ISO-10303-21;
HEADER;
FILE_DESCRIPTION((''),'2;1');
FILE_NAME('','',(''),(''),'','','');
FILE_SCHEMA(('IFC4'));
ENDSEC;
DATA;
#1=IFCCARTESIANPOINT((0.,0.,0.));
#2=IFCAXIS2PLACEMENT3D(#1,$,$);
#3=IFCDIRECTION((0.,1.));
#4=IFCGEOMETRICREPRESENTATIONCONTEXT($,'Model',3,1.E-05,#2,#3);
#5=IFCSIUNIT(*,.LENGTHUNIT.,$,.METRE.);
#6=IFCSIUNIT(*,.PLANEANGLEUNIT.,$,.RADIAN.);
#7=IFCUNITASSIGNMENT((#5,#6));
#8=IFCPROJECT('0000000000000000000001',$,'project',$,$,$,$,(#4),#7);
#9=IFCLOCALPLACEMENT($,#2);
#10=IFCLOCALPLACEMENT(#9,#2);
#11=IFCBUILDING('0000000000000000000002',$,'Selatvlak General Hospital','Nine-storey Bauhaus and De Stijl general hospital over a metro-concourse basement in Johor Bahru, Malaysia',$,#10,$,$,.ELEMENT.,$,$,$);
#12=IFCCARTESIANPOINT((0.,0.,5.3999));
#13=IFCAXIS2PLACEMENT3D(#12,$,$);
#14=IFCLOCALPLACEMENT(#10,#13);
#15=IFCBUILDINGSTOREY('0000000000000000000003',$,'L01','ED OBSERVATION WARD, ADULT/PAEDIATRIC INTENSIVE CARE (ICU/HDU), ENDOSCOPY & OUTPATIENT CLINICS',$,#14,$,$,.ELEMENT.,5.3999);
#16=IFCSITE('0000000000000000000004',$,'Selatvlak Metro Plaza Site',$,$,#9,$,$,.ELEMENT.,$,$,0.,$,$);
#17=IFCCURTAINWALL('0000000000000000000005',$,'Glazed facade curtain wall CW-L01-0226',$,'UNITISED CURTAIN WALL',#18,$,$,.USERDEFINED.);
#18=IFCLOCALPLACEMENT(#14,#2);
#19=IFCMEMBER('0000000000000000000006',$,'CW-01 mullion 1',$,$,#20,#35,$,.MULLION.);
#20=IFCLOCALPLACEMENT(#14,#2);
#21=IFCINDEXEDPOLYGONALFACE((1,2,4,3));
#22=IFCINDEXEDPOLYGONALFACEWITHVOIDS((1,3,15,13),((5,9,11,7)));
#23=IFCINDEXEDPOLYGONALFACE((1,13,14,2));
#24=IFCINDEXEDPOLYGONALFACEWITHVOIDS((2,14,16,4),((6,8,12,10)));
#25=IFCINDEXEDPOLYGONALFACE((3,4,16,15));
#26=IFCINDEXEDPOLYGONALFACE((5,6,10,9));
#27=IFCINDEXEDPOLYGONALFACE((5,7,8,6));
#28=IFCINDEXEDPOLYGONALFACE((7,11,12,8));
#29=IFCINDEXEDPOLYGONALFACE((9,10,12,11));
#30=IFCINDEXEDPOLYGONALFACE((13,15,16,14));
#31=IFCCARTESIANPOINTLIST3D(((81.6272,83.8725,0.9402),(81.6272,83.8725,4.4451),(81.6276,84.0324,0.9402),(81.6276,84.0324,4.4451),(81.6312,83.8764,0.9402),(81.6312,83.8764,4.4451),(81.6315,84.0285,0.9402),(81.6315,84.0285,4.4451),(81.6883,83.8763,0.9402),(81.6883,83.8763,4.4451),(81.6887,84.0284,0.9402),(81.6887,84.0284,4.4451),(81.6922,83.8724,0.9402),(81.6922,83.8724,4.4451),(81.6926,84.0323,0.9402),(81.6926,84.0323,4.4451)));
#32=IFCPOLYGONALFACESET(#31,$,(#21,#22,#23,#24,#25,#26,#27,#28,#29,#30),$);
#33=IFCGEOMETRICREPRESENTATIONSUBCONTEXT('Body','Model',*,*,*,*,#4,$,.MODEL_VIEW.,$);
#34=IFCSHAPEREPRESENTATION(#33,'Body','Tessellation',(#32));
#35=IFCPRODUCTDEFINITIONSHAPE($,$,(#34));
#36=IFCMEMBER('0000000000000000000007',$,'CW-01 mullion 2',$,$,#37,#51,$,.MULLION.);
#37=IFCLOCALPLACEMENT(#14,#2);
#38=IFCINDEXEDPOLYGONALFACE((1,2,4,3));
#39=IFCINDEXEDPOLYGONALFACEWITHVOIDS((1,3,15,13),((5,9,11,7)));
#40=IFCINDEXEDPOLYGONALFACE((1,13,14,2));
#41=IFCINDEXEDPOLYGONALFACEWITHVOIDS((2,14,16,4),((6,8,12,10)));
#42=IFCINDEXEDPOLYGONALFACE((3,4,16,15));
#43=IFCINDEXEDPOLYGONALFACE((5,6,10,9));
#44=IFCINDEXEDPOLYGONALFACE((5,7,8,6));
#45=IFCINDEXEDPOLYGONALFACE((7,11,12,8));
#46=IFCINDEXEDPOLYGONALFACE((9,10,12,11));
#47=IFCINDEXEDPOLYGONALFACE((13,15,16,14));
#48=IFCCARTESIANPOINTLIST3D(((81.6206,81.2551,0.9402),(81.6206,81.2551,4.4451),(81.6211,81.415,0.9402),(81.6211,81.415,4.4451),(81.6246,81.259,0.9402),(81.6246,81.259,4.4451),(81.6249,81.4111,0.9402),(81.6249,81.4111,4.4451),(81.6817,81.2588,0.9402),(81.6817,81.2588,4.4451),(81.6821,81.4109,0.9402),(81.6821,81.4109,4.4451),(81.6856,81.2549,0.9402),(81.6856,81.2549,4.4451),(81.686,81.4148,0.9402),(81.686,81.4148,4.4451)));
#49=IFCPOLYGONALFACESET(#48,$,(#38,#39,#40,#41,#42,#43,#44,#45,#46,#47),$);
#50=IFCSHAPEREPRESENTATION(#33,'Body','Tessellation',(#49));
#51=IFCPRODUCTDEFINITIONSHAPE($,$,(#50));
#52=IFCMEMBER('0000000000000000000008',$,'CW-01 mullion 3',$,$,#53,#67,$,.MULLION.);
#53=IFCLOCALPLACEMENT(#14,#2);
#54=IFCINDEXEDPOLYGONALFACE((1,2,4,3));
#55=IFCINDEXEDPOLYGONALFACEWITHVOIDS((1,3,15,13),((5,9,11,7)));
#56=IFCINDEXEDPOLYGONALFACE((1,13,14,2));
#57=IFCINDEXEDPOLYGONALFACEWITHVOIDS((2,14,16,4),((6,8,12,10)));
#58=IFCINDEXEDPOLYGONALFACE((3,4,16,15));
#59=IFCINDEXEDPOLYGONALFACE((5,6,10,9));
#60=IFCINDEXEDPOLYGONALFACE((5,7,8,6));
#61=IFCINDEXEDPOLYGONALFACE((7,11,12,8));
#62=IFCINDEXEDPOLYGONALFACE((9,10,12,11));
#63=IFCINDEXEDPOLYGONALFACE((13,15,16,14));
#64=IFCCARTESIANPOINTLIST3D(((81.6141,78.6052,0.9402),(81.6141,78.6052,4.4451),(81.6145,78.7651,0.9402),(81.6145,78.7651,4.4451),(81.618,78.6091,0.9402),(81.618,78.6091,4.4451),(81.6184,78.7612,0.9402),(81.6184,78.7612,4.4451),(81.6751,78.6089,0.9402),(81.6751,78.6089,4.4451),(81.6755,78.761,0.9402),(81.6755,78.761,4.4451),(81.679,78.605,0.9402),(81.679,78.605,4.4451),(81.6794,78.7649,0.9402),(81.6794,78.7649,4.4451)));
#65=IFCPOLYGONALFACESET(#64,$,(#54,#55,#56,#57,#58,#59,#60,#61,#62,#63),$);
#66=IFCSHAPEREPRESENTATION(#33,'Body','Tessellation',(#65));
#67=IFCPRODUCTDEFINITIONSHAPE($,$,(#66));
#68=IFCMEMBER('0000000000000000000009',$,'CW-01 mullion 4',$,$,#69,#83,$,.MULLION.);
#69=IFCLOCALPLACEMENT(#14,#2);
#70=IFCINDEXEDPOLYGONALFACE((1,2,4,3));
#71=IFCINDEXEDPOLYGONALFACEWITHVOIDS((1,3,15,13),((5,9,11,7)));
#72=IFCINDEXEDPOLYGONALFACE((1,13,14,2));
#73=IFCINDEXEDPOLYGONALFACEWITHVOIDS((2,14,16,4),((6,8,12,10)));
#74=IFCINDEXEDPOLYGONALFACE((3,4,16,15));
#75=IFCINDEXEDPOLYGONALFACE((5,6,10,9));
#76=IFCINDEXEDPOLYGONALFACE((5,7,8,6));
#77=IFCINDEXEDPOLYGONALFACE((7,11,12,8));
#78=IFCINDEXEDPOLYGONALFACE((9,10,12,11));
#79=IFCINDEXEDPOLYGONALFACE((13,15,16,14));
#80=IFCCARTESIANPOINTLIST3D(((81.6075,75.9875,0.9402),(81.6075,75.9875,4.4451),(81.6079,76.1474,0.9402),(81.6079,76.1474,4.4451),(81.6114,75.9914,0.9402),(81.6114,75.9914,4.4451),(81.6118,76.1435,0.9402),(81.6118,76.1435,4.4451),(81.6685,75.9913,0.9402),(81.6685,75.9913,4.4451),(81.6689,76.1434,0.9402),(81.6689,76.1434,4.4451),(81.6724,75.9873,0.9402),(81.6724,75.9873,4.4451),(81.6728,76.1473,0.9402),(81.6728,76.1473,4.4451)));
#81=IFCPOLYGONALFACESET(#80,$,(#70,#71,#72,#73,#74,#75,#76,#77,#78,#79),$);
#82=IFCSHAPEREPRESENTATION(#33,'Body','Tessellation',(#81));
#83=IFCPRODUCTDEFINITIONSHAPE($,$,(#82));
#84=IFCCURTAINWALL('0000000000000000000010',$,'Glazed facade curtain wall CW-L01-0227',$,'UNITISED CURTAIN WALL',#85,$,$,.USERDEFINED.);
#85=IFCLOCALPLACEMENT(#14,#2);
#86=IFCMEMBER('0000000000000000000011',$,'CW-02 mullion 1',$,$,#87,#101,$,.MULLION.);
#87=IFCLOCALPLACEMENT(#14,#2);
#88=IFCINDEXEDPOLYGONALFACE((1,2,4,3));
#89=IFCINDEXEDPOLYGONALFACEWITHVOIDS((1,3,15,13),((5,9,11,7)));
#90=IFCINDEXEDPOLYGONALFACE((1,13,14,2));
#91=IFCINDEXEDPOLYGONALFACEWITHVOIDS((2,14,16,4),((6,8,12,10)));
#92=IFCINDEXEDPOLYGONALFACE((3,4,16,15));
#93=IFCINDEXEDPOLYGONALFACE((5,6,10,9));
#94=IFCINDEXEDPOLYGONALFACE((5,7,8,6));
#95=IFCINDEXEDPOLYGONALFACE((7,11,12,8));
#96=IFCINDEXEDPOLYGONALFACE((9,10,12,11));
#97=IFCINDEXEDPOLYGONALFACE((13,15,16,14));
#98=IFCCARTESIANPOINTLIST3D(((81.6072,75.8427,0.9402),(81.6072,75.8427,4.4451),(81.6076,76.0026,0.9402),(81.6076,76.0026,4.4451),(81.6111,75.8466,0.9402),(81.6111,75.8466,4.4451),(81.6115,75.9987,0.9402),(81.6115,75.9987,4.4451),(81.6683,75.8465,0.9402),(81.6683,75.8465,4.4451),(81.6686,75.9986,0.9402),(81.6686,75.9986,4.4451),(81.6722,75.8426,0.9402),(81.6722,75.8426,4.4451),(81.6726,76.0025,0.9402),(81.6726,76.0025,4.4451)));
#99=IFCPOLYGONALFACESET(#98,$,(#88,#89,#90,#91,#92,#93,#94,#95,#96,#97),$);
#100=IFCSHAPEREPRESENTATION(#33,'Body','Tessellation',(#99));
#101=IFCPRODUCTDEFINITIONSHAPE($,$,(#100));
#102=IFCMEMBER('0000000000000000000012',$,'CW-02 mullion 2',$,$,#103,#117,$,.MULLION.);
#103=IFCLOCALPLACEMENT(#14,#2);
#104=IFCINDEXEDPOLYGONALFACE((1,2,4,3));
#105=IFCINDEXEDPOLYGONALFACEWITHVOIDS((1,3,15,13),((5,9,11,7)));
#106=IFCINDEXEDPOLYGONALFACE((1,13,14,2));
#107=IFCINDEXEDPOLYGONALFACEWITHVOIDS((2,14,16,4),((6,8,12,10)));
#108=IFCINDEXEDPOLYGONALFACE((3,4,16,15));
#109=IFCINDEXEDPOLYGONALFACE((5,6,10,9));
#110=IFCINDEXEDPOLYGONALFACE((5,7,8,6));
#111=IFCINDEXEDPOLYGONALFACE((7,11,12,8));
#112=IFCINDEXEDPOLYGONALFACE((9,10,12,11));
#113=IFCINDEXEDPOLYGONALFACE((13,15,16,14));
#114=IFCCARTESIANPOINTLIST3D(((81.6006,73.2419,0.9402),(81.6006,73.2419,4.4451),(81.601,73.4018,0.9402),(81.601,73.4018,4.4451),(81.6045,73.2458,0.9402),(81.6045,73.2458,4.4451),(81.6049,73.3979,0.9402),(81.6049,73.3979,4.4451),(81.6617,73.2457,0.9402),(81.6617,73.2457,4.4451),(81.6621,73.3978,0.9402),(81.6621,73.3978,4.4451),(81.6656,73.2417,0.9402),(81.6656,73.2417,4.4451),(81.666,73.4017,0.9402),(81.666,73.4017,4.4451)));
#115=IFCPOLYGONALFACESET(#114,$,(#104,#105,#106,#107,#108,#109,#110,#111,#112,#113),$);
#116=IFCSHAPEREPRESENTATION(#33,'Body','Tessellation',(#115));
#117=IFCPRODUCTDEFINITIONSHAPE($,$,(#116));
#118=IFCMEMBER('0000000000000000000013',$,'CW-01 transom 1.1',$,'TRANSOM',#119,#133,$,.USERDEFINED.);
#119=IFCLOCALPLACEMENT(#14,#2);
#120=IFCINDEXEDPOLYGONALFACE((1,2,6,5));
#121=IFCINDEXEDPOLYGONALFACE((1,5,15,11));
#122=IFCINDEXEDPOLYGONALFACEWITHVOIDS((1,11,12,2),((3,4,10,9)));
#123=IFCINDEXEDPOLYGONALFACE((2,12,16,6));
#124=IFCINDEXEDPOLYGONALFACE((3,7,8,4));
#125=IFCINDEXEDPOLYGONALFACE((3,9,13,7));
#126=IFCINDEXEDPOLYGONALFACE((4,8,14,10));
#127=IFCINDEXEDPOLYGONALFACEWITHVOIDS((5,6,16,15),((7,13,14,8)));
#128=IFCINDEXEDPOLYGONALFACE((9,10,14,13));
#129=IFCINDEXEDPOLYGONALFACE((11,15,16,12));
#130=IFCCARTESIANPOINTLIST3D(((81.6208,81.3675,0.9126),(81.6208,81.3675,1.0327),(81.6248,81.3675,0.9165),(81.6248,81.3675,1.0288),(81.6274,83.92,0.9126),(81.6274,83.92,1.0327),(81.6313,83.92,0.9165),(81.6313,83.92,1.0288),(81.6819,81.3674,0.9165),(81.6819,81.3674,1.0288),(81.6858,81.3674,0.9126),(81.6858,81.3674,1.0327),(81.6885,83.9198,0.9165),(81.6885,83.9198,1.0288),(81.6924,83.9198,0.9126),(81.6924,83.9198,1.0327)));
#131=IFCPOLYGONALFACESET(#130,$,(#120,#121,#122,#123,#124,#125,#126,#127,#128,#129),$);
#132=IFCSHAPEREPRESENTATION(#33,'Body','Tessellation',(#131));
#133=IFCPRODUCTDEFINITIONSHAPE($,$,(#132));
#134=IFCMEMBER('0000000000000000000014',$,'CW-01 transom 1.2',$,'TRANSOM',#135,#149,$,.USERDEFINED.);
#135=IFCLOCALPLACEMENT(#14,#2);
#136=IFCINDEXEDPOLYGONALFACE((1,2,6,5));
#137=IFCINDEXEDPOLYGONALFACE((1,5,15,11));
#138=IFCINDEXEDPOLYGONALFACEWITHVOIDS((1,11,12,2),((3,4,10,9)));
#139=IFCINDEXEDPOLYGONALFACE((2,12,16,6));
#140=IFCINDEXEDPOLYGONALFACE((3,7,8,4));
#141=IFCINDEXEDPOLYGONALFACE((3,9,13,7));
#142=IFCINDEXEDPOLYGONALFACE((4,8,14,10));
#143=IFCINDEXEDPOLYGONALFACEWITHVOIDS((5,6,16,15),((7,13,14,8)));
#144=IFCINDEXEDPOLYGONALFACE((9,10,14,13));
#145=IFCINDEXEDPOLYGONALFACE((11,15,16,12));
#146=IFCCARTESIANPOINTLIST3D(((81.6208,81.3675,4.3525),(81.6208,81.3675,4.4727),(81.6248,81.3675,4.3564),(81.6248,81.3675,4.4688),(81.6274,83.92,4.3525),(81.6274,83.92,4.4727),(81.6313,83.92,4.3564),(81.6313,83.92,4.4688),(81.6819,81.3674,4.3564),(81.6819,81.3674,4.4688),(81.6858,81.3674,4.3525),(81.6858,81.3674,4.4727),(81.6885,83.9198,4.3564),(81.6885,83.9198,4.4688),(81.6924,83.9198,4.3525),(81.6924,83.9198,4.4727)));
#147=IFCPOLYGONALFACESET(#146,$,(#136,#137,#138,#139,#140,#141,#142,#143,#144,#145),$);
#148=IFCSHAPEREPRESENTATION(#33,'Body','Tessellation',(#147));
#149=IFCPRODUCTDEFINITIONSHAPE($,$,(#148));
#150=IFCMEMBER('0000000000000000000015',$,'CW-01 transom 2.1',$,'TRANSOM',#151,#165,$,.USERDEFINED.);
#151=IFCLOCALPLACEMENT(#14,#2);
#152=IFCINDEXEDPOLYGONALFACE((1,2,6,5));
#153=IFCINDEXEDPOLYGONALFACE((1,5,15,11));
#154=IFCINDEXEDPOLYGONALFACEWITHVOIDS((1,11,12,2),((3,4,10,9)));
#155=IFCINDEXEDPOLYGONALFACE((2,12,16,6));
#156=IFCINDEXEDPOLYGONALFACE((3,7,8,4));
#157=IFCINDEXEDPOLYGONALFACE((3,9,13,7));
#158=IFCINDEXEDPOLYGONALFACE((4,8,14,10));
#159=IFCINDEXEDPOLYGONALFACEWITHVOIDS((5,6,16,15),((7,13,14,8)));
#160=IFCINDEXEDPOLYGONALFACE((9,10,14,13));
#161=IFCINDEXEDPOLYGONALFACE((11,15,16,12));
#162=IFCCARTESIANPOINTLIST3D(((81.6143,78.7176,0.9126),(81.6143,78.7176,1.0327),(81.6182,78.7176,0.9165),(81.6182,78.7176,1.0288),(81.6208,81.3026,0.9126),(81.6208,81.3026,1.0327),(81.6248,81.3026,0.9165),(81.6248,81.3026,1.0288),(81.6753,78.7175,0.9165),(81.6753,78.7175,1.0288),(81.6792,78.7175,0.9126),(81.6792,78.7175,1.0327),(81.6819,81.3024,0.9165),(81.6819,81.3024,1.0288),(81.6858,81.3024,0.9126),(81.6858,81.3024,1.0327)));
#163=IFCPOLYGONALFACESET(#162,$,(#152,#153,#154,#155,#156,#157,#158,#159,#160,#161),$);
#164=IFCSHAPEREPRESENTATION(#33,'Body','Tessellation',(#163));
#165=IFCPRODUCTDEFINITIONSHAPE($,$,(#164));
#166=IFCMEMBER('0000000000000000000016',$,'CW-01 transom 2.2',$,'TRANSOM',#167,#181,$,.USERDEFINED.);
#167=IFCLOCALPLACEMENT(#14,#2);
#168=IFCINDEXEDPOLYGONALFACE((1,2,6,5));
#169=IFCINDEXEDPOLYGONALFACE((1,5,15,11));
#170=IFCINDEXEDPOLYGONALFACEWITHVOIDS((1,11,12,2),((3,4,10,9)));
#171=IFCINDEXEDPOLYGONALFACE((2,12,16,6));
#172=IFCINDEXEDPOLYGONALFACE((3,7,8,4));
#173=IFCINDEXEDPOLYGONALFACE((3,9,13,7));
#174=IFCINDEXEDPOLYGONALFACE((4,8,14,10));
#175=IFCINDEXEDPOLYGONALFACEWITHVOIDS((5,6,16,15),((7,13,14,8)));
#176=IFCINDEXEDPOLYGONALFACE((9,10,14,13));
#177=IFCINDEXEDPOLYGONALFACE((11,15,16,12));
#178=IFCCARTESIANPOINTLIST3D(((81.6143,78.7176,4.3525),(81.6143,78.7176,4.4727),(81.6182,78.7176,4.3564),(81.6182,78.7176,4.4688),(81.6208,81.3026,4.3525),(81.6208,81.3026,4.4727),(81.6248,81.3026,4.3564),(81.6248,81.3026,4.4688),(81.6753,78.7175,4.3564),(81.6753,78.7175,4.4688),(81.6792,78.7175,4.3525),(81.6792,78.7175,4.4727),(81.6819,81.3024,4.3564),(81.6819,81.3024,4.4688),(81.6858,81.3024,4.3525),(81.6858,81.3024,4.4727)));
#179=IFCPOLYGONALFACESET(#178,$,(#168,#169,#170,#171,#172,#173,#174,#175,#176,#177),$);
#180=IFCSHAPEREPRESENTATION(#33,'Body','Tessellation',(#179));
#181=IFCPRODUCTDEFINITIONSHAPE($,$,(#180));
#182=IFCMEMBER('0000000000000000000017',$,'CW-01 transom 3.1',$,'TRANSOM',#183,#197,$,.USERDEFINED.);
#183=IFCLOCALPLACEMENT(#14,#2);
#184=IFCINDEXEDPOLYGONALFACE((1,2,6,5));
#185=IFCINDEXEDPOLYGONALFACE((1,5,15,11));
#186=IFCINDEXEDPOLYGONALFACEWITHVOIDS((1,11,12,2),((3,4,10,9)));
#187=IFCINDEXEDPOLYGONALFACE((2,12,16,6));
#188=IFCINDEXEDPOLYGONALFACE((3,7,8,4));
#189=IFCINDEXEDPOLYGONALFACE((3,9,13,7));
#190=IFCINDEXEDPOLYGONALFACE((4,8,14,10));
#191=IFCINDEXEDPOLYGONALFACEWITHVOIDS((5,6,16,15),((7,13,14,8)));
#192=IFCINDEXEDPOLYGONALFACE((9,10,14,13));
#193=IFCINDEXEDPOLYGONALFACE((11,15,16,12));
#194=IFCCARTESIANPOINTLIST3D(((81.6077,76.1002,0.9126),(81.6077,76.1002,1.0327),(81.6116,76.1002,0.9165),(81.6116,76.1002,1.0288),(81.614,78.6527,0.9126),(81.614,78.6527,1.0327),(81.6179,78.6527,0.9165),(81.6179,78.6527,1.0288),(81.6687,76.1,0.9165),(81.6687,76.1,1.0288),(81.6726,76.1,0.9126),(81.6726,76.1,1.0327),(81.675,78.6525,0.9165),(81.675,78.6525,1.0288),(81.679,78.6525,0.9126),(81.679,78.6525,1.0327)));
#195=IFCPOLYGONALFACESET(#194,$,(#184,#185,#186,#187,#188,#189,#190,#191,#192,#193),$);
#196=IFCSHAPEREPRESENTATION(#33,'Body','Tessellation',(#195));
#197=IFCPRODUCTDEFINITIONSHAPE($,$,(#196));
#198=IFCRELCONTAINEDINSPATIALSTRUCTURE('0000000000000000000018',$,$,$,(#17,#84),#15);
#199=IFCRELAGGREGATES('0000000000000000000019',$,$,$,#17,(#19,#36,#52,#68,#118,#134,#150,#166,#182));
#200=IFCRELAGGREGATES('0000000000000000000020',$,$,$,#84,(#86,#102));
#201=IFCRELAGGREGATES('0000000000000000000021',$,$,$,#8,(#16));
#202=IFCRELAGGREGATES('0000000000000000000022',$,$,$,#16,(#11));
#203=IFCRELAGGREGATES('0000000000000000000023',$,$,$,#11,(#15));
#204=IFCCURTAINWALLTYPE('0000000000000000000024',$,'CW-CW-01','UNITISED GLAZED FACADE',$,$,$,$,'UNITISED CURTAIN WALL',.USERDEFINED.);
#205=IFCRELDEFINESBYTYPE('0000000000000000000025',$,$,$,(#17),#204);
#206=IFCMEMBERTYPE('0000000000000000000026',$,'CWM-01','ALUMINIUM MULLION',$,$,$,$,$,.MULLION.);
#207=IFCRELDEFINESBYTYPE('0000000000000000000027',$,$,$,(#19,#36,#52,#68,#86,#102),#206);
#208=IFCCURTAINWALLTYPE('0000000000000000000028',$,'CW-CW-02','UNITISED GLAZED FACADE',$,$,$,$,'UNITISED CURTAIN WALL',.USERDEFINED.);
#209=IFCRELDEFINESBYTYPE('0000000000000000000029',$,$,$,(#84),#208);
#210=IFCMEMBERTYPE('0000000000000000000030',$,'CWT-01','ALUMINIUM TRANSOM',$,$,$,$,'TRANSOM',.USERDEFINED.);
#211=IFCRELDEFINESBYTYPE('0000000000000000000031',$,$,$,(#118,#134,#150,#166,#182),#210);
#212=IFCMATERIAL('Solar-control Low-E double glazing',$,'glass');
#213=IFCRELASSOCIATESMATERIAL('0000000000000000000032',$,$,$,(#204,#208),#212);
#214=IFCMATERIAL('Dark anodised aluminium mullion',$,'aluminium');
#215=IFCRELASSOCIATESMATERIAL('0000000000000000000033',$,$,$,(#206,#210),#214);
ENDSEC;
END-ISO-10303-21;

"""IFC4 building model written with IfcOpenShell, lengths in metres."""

from ifc_helpers import new_model, si_unit, direction, frame, origin, origin_2d, place, context, subcontext, project, spatial, hollow_rectangle, extrude, material, material_profile, profile_set, type_object, element, aggregate, save


model = new_model("IFC4")

# Units and contexts
model_context = context("Model", 3, precision=1e-05, world=origin(), true_north=direction((0.0, 1.0)))
body_context = subcontext(model_context, "Body", "Model", "MODEL_VIEW")
ifc_project = project(units=[si_unit("LENGTHUNIT", "METRE"), si_unit("PLANEANGLEUNIT", "RADIAN")], contexts=[model_context])

# Site, building, storey
site_placement = place(None, origin())
site = spatial("IfcSite", under=ifc_project, at=site_placement, Name="Selatvlak Metro Plaza Site", CompositionType="ELEMENT", RefElevation=0.0)
building_placement = place(site_placement, origin())
building = spatial("IfcBuilding", under=site, at=building_placement, Name="Selatvlak General Hospital", Description="Nine-storey Bauhaus and De Stijl general hospital over a metro-concourse basement in Johor Bahru, Malaysia", CompositionType="ELEMENT")
storey_placement = place(building_placement, frame((0.0, 0.0, 5.3999)))
storey = spatial("IfcBuildingStorey", under=building, at=storey_placement, Name="L01", Description="ED OBSERVATION WARD, ADULT/PAEDIATRIC INTENSIVE CARE (ICU/HDU), ENDOSCOPY & OUTPATIENT CLINICS", CompositionType="ELEMENT", Elevation=5.3999)

# Curtain walls, members
ifc_material_1 = material(Name="Solar-control Low-E double glazing", Category="glass")
curtain_wall_type_1 = type_object("IfcCurtainWallType", Name="CW-CW-01", Description="UNITISED GLAZED FACADE", ElementType="UNITISED CURTAIN WALL", PredefinedType="USERDEFINED", material=ifc_material_1)
curtain_wall_1_placement = place(storey_placement, origin())
curtain_wall_1 = element("IfcCurtainWall", 1, at=curtain_wall_1_placement, inside=storey, type_object=curtain_wall_type_1, Name="Glazed facade curtain wall CW-L01-0226", ObjectType="UNITISED CURTAIN WALL", PredefinedType="USERDEFINED")
ifc_material_2 = material(Name="Dark anodised aluminium mullion", Category="aluminium")
ifc_material_profile_1 = material_profile(ifc_material_2, hollow_rectangle(XDim=0.0649, YDim=0.1599, WallThickness=0.0039, at=origin_2d()), Name="AL-MUL 65x160x4")
ifc_profile_set_1 = profile_set([ifc_material_profile_1], Name="Dark anodised aluminium mullion")
member_type_1 = type_object("IfcMemberType", Name="CWM-01", Description="ALUMINIUM MULLION", PredefinedType="MULLION", material=ifc_profile_set_1)
member_1_placement = place(storey_placement, frame((81.6599, 83.9524, 0.9402), z_axis=(0.0, 0.0, 1.0), x_axis=(0.999997, -0.002516, 0.0)))
member_1 = element("IfcMember", 2, at=member_1_placement, type_object=member_type_1, Name="CW-01 mullion 1", PredefinedType="MULLION", context=body_context, shape_type="SweptSolid", body=[
    extrude(hollow_rectangle(XDim=0.0649, YDim=0.1599, WallThickness=0.0039, at=origin_2d()), origin(), (0.0, 0.0, 1.0), 3.5049),
])
member_2_placement = place(storey_placement, frame((81.6533, 81.335, 0.9402), z_axis=(0.0, 0.0, 1.0), x_axis=(0.999997, -0.002516, 0.0)))
member_2 = element("IfcMember", 3, at=member_2_placement, type_object=member_type_1, Name="CW-01 mullion 2", PredefinedType="MULLION", context=body_context, shape_type="SweptSolid", body=[
    extrude(hollow_rectangle(XDim=0.0649, YDim=0.1599, WallThickness=0.0039, at=origin_2d()), origin(), (0.0, 0.0, 1.0), 3.5049),
])
member_3_placement = place(storey_placement, frame((81.6467, 78.6851, 0.9402), z_axis=(0.0, 0.0, 1.0), x_axis=(0.999997, -0.002516, 0.0)))
member_3 = element("IfcMember", 4, at=member_3_placement, type_object=member_type_1, Name="CW-01 mullion 3", PredefinedType="MULLION", context=body_context, shape_type="SweptSolid", body=[
    extrude(hollow_rectangle(XDim=0.0649, YDim=0.1599, WallThickness=0.0039, at=origin_2d()), origin(), (0.0, 0.0, 1.0), 3.5049),
])
member_4_placement = place(storey_placement, frame((81.6401, 76.0674, 0.9402), z_axis=(0.0, 0.0, 1.0), x_axis=(0.999997, -0.002516, 0.0)))
member_4 = element("IfcMember", 5, at=member_4_placement, type_object=member_type_1, Name="CW-01 mullion 4", PredefinedType="MULLION", context=body_context, shape_type="SweptSolid", body=[
    extrude(hollow_rectangle(XDim=0.0649, YDim=0.1599, WallThickness=0.0039, at=origin_2d()), origin(), (0.0, 0.0, 1.0), 3.5049),
])
curtain_wall_type_2 = type_object("IfcCurtainWallType", Name="CW-CW-02", Description="UNITISED GLAZED FACADE", ElementType="UNITISED CURTAIN WALL", PredefinedType="USERDEFINED", material=ifc_material_1)
curtain_wall_2_placement = place(storey_placement, origin())
curtain_wall_2 = element("IfcCurtainWall", 6, at=curtain_wall_2_placement, inside=storey, type_object=curtain_wall_type_2, Name="Glazed facade curtain wall CW-L01-0227", ObjectType="UNITISED CURTAIN WALL", PredefinedType="USERDEFINED")
member_5_placement = place(storey_placement, frame((81.6399, 75.9226, 0.9402), z_axis=(0.0, 0.0, 1.0), x_axis=(0.999997, -0.002532, 0.0)))
member_5 = element("IfcMember", 7, at=member_5_placement, type_object=member_type_1, Name="CW-02 mullion 1", PredefinedType="MULLION", context=body_context, shape_type="SweptSolid", body=[
    extrude(hollow_rectangle(XDim=0.0649, YDim=0.1599, WallThickness=0.0039, at=origin_2d()), origin(), (0.0, 0.0, 1.0), 3.5049),
])
member_6_placement = place(storey_placement, frame((81.6333, 73.3218, 0.9402), z_axis=(0.0, 0.0, 1.0), x_axis=(0.999997, -0.002532, 0.0)))
member_6 = element("IfcMember", 8, at=member_6_placement, type_object=member_type_1, Name="CW-02 mullion 2", PredefinedType="MULLION", context=body_context, shape_type="SweptSolid", body=[
    extrude(hollow_rectangle(XDim=0.0649, YDim=0.1599, WallThickness=0.0039, at=origin_2d()), origin(), (0.0, 0.0, 1.0), 3.5049),
])

# Members
ifc_material_profile_2 = material_profile(ifc_material_2, hollow_rectangle(XDim=0.0649, YDim=0.1201, WallThickness=0.0039, at=origin_2d()), Name="AL-TRN 65x120x4")
ifc_profile_set_2 = profile_set([ifc_material_profile_2], Name="Dark anodised aluminium mullion")
member_type_2 = type_object("IfcMemberType", Name="CWT-01", Description="ALUMINIUM TRANSOM", ElementType="TRANSOM", PredefinedType="USERDEFINED", material=ifc_profile_set_2)
member_7_placement = place(storey_placement, frame((81.6599, 83.9199, 0.9727), z_axis=(-0.002582, -0.999997, 0.0), x_axis=(0.999997, -0.002582, 0.0)))
member_7 = element("IfcMember", 9, at=member_7_placement, type_object=member_type_2, Name="CW-01 transom 1.1", ObjectType="TRANSOM", PredefinedType="USERDEFINED", context=body_context, shape_type="SweptSolid", body=[
    extrude(hollow_rectangle(XDim=0.0649, YDim=0.1201, WallThickness=0.0039, at=origin_2d()), origin(), (0.0, 0.0, 1.0), 2.5525),
])
member_8_placement = place(storey_placement, frame((81.6599, 83.9199, 4.4126), z_axis=(-0.002582, -0.999997, 0.0), x_axis=(0.999997, -0.002582, 0.0)))
member_8 = element("IfcMember", 10, at=member_8_placement, type_object=member_type_2, Name="CW-01 transom 1.2", ObjectType="TRANSOM", PredefinedType="USERDEFINED", context=body_context, shape_type="SweptSolid", body=[
    extrude(hollow_rectangle(XDim=0.0649, YDim=0.1201, WallThickness=0.0039, at=origin_2d()), origin(), (0.0, 0.0, 1.0), 2.5525),
])
member_9_placement = place(storey_placement, frame((81.6533, 81.3025, 0.9727), z_axis=(-0.00255, -0.999997, 0.0), x_axis=(0.999997, -0.00255, 0.0)))
member_9 = element("IfcMember", 11, at=member_9_placement, type_object=member_type_2, Name="CW-01 transom 2.1", ObjectType="TRANSOM", PredefinedType="USERDEFINED", context=body_context, shape_type="SweptSolid", body=[
    extrude(hollow_rectangle(XDim=0.0649, YDim=0.1201, WallThickness=0.0039, at=origin_2d()), origin(), (0.0, 0.0, 1.0), 2.585),
])
member_10_placement = place(storey_placement, frame((81.6533, 81.3025, 4.4126), z_axis=(-0.00255, -0.999997, 0.0), x_axis=(0.999997, -0.00255, 0.0)))
member_10 = element("IfcMember", 12, at=member_10_placement, type_object=member_type_2, Name="CW-01 transom 2.2", ObjectType="TRANSOM", PredefinedType="USERDEFINED", context=body_context, shape_type="SweptSolid", body=[
    extrude(hollow_rectangle(XDim=0.0649, YDim=0.1201, WallThickness=0.0039, at=origin_2d()), origin(), (0.0, 0.0, 1.0), 2.585),
])
member_11_placement = place(storey_placement, frame((81.6465, 78.6526, 0.9727), z_axis=(-0.002487, -0.999997, 0.0), x_axis=(0.999997, -0.002487, 0.0)))
member_11 = element("IfcMember", 13, at=member_11_placement, type_object=member_type_2, Name="CW-01 transom 3.1", ObjectType="TRANSOM", PredefinedType="USERDEFINED", context=body_context, shape_type="SweptSolid", body=[
    extrude(hollow_rectangle(XDim=0.0649, YDim=0.1201, WallThickness=0.0039, at=origin_2d()), origin(), (0.0, 0.0, 1.0), 2.5525),
])

aggregate(curtain_wall_1, [member_1, member_2, member_3, member_4, member_7, member_8, member_9, member_10, member_11])
aggregate(curtain_wall_2, [member_5, member_6])

save(model, "model.ifc")
